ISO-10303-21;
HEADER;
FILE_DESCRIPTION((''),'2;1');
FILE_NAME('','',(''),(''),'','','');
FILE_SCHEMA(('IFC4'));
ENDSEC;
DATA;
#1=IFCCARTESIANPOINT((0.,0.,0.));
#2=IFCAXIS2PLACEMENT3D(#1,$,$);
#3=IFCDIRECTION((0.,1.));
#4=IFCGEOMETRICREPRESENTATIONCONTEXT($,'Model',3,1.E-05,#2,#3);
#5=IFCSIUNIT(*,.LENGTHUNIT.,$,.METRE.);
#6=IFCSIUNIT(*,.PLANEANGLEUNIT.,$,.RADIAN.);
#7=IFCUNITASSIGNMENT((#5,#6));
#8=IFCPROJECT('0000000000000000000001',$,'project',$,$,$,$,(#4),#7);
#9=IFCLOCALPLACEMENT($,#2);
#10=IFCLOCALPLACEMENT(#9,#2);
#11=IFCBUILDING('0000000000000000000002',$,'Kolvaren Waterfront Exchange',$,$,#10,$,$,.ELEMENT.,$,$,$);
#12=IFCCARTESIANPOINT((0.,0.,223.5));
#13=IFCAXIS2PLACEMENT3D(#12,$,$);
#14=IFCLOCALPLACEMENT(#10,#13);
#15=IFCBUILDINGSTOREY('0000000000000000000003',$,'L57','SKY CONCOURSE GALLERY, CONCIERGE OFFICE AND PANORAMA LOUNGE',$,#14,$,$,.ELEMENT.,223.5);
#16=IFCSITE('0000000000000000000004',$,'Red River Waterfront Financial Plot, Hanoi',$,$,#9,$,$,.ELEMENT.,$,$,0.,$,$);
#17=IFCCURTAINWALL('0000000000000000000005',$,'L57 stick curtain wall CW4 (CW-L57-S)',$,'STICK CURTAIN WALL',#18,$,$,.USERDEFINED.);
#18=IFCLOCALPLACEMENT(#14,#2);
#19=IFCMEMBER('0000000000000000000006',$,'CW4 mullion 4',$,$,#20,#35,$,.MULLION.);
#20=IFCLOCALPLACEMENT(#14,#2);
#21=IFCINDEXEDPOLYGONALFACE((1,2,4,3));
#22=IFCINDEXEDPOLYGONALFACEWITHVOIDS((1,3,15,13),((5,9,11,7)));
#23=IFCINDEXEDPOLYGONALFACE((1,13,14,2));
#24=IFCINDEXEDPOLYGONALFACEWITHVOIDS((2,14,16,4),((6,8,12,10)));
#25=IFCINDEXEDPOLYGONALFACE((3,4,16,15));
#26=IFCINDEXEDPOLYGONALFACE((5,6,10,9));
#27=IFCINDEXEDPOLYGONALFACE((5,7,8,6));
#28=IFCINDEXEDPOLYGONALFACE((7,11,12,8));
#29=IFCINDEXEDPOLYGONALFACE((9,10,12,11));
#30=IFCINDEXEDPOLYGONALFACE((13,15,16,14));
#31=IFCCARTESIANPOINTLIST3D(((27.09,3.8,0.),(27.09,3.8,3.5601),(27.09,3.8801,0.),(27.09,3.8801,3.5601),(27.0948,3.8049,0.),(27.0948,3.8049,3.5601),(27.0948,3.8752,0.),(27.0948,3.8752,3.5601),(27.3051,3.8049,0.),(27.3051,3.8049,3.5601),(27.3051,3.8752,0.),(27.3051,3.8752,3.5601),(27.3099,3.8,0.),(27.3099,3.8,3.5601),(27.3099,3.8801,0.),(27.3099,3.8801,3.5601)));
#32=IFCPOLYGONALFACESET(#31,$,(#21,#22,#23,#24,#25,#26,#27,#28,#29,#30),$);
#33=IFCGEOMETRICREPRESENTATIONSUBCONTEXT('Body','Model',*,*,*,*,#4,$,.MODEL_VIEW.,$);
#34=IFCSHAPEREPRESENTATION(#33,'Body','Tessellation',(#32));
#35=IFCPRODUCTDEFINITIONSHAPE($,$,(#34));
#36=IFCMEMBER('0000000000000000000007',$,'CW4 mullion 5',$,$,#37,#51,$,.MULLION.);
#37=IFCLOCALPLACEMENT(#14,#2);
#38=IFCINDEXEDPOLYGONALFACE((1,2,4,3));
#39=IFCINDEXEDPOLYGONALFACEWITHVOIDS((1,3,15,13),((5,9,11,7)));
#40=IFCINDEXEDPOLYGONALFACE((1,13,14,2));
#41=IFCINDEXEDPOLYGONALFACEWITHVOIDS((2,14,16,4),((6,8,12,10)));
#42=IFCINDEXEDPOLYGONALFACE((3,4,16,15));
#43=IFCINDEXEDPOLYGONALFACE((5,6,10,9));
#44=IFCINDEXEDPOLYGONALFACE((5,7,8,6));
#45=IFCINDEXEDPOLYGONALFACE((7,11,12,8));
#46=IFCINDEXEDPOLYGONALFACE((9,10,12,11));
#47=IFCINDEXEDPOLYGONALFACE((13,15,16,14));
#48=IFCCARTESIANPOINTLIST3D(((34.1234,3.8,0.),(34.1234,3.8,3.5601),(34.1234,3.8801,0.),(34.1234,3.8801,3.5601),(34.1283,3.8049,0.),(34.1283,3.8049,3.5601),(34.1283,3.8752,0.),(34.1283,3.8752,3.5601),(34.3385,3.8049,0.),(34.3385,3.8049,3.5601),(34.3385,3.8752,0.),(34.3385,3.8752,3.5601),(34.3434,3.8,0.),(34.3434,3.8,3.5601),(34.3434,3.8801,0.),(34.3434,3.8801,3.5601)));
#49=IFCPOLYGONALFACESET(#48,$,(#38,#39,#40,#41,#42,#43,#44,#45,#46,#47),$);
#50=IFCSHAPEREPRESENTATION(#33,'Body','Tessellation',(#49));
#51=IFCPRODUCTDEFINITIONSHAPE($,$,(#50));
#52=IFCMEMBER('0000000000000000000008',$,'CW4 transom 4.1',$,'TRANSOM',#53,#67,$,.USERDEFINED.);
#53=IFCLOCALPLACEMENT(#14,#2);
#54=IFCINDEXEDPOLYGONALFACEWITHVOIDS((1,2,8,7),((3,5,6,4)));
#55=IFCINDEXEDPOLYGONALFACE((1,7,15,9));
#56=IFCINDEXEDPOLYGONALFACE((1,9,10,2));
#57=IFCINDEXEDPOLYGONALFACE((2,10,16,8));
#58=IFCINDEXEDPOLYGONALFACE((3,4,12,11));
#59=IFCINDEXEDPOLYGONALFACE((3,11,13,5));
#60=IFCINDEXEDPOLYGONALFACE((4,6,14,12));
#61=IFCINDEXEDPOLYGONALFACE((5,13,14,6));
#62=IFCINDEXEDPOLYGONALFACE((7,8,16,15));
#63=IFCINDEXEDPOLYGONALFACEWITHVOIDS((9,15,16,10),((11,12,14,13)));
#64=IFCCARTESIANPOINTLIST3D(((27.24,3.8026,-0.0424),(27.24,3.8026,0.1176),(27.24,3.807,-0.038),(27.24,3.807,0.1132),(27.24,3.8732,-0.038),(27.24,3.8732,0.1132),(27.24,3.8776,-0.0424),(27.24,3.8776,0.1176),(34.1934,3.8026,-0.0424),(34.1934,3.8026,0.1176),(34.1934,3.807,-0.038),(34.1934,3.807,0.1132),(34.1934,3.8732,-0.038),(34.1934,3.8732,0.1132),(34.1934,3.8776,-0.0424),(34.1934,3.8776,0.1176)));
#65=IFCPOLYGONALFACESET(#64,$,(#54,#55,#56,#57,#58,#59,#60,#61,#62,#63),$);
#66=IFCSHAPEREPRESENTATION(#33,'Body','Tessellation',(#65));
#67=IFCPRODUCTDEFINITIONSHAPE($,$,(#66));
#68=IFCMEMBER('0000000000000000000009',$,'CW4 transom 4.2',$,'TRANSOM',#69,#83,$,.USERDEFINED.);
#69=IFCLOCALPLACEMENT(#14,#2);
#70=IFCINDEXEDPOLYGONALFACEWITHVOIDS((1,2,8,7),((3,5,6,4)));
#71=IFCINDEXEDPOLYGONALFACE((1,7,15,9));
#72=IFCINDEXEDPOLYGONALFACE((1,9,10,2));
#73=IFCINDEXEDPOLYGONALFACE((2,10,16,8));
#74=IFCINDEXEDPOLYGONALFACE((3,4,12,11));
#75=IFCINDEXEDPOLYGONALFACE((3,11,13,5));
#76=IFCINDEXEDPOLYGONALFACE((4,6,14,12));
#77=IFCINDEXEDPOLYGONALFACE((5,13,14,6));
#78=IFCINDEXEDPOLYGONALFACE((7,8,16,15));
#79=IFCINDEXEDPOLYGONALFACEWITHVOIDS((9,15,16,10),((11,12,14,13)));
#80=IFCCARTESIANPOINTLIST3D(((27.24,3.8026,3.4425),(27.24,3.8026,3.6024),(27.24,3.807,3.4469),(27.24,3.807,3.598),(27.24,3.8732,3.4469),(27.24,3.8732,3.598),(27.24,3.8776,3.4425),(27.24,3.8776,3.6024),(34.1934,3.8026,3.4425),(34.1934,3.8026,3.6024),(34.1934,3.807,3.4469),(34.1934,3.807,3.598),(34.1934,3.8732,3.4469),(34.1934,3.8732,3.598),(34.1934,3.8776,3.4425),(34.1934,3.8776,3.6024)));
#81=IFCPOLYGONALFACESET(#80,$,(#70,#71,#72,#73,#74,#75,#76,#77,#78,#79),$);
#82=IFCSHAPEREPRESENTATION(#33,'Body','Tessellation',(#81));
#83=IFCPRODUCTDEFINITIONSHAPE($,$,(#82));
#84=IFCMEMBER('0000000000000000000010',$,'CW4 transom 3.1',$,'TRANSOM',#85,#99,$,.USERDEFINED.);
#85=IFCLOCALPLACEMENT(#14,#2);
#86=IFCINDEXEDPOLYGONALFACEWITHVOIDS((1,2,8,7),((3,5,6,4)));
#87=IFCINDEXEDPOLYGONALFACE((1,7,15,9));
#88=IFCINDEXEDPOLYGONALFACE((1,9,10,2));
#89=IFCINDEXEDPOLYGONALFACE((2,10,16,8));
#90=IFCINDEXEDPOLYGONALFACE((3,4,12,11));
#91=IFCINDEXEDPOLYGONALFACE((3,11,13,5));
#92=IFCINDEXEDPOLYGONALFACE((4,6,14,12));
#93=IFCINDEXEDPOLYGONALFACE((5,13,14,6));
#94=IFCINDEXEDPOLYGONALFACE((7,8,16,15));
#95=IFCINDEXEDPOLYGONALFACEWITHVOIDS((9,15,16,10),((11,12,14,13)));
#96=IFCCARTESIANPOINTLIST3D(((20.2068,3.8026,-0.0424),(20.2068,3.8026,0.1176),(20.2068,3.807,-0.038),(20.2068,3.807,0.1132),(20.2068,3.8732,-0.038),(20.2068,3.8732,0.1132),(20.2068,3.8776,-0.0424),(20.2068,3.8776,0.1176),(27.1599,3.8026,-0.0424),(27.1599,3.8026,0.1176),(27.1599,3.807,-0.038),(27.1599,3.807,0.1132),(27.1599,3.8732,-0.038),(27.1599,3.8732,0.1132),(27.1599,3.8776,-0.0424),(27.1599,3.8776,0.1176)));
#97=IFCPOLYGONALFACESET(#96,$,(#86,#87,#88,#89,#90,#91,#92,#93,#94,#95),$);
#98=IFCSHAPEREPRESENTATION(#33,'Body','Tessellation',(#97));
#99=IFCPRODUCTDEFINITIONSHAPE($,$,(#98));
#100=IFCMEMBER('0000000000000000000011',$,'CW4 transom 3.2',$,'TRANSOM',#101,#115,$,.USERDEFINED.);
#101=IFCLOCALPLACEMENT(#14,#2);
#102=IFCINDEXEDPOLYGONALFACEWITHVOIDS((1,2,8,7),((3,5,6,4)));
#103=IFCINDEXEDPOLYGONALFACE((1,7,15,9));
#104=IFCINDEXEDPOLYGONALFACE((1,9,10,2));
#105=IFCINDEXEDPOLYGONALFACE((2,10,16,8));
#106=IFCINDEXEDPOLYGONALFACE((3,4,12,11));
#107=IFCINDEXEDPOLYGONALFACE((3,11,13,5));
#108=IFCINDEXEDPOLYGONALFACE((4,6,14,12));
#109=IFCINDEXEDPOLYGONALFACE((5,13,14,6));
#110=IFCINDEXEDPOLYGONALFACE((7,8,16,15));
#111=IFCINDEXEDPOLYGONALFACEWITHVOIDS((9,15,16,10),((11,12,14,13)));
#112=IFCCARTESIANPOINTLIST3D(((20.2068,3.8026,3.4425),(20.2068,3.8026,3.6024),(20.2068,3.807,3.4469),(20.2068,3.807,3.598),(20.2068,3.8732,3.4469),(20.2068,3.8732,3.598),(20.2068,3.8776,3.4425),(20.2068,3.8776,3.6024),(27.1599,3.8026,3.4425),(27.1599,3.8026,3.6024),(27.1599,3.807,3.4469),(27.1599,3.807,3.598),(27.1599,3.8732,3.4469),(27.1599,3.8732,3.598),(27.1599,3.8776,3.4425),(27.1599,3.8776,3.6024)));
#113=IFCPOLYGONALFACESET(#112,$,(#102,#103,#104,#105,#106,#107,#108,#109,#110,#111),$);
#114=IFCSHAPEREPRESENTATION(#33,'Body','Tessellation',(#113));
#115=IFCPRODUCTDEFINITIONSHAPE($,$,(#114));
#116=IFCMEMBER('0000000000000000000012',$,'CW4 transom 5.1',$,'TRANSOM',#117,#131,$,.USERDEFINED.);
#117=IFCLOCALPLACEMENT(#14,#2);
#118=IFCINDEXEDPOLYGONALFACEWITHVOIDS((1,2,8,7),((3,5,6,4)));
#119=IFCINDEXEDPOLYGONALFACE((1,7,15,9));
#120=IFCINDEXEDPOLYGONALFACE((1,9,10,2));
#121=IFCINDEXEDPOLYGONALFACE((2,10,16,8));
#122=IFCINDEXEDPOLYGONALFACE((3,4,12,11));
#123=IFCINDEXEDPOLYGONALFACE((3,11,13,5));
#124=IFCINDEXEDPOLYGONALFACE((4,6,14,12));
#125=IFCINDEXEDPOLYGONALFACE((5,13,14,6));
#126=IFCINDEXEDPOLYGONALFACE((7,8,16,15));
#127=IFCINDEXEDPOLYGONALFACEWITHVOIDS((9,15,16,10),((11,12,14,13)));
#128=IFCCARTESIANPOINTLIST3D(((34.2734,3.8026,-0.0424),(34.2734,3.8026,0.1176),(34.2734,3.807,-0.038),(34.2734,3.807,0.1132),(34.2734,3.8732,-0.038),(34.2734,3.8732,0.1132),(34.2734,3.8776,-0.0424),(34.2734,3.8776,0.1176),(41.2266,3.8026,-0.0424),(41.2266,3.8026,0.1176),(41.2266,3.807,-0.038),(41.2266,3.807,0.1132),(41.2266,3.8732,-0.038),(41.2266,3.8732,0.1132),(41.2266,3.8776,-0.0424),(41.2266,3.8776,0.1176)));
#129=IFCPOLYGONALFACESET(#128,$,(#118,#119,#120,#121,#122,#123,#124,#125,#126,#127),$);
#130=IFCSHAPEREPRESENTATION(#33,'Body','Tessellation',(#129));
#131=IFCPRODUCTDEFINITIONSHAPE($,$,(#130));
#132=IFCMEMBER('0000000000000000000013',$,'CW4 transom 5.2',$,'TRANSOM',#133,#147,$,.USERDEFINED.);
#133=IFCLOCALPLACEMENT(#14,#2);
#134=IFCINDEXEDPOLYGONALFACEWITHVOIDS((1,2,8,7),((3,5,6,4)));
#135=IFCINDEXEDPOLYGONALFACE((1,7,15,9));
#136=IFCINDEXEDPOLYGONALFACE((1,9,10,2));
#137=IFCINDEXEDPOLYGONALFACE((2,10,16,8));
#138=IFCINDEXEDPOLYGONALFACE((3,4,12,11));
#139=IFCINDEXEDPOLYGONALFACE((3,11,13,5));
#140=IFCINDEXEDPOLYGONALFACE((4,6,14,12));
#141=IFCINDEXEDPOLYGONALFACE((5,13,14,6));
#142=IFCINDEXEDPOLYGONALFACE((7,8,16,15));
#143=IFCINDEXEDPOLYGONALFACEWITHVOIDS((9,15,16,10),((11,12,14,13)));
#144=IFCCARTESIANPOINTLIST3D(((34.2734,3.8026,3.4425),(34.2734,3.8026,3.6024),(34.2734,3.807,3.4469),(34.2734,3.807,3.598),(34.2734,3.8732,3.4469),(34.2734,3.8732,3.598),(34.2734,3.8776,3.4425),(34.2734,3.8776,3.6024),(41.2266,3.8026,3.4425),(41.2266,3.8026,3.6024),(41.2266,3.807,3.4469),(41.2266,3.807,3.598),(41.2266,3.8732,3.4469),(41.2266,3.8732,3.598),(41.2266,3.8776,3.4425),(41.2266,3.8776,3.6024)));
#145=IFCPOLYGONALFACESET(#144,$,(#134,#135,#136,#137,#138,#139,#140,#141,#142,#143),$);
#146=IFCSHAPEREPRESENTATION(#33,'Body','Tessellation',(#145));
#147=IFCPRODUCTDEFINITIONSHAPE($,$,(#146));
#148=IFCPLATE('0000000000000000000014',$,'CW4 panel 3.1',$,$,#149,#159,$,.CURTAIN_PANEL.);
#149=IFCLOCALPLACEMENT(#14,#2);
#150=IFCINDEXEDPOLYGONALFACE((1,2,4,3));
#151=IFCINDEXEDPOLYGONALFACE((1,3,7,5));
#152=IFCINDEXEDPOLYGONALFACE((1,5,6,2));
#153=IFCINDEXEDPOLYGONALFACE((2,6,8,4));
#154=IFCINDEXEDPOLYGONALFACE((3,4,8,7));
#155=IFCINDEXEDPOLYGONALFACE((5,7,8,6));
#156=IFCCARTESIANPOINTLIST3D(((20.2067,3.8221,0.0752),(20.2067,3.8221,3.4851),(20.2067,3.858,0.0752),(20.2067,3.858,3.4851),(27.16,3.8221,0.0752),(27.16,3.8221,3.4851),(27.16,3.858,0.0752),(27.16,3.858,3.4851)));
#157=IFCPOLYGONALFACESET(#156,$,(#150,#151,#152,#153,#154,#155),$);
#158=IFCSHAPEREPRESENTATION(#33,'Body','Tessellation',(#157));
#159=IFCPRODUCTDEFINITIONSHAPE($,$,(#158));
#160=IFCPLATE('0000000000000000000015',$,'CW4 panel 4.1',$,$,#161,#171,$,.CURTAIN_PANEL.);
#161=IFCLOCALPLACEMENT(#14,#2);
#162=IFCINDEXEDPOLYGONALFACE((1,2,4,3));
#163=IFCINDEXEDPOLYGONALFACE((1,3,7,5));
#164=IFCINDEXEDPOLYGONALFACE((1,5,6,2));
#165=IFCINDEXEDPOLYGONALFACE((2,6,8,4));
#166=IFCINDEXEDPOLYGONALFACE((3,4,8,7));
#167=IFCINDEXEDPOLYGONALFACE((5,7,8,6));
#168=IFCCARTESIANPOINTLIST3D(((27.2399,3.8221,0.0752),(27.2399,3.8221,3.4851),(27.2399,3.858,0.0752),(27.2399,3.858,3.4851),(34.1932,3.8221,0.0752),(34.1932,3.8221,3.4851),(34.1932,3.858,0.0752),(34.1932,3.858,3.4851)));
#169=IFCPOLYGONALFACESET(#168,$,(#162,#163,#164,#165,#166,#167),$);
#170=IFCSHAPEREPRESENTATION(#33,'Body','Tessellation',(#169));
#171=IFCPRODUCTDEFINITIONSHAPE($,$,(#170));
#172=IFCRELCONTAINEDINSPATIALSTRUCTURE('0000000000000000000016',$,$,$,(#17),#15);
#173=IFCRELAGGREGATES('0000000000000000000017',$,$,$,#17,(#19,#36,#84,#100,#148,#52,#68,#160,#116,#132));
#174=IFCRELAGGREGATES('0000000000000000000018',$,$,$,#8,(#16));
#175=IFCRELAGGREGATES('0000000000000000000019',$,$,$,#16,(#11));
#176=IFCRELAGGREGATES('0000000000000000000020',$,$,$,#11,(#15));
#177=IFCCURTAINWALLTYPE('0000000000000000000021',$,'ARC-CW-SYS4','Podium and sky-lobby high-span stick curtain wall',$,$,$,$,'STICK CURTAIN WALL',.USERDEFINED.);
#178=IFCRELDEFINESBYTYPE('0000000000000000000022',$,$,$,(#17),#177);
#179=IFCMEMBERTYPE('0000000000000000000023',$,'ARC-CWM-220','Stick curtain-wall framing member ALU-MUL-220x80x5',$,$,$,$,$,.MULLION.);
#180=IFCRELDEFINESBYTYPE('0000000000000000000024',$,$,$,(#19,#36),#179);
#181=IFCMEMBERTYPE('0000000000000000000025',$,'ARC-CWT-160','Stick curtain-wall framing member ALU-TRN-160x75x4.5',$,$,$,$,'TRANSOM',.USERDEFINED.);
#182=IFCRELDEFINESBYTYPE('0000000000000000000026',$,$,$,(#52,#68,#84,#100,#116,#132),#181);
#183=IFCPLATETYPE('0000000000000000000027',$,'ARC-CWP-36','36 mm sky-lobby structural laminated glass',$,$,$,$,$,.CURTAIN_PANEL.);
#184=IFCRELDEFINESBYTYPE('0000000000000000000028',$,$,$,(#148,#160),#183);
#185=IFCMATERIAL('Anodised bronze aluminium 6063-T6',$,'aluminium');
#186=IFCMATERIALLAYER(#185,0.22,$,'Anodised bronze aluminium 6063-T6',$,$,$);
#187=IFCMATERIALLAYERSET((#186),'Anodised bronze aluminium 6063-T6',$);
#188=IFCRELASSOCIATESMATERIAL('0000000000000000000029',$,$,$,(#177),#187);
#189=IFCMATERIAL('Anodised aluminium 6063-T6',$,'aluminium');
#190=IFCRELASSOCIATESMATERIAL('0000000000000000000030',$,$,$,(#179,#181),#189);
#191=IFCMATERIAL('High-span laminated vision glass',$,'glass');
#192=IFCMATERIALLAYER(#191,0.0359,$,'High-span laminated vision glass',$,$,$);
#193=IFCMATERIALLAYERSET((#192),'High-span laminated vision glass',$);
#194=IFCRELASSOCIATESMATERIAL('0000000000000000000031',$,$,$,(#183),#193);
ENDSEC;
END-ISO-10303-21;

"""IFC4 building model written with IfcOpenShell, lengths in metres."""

from ifc_helpers import new_model, si_unit, direction, frame, origin, origin_with_axes, origin_2d, place, context, subcontext, project, spatial, rectangle, hollow_rectangle, extrude, source, transform, mapped, material, layer, layer_set, material_profile, profile_set, type_object, element, aggregate, save


model = new_model("IFC4")

# Units and contexts
model_context = context("Model", 3, precision=1e-05, world=origin(), true_north=direction((0.0, 1.0)))
body_context = subcontext(model_context, "Body", "Model", "MODEL_VIEW")
ifc_project = project(units=[si_unit("LENGTHUNIT", "METRE"), si_unit("PLANEANGLEUNIT", "RADIAN")], contexts=[model_context])

# Site, building, storey
site_placement = place(None, origin())
site = spatial("IfcSite", under=ifc_project, at=site_placement, Name="Red River Waterfront Financial Plot, Hanoi", CompositionType="ELEMENT", RefElevation=0.0)
building_placement = place(site_placement, origin())
building = spatial("IfcBuilding", under=site, at=building_placement, Name="Kolvaren Waterfront Exchange", CompositionType="ELEMENT")
storey_placement = place(building_placement, frame((0.0, 0.0, 223.5)))
storey = spatial("IfcBuildingStorey", under=building, at=storey_placement, Name="L57", Description="SKY CONCOURSE GALLERY, CONCIERGE OFFICE AND PANORAMA LOUNGE", CompositionType="ELEMENT", Elevation=223.5)

# Curtain wall, members, plates
ifc_material_1 = material(Name="Anodised bronze aluminium 6063-T6", Category="aluminium")
ifc_layer_1 = layer(ifc_material_1, 0.22, Name="Anodised bronze aluminium 6063-T6")
ifc_layer_set_1 = layer_set([ifc_layer_1], Name="Anodised bronze aluminium 6063-T6")
curtain_wall_type = type_object("IfcCurtainWallType", Name="ARC-CW-SYS4", Description="Podium and sky-lobby high-span stick curtain wall", ElementType="STICK CURTAIN WALL", PredefinedType="USERDEFINED", material=ifc_layer_set_1)
curtain_wall_placement = place(storey_placement, origin())
curtain_wall = element("IfcCurtainWall", 1, at=curtain_wall_placement, inside=storey, type_object=curtain_wall_type, Name="L57 stick curtain wall CW4 (CW-L57-S)", ObjectType="STICK CURTAIN WALL", PredefinedType="USERDEFINED")
ifc_material_2 = material(Name="Anodised aluminium 6063-T6", Category="aluminium")
ifc_material_profile_1 = material_profile(ifc_material_2, hollow_rectangle(XDim=0.0801, YDim=0.22, WallThickness=0.0049, at=origin_2d()), Name="ALU-MUL-220x80x5")
ifc_profile_set_1 = profile_set([ifc_material_profile_1], Name="Anodised aluminium 6063-T6")
member_type_1 = type_object("IfcMemberType", Name="ARC-CWM-220", Description="Stick curtain-wall framing member ALU-MUL-220x80x5", PredefinedType="MULLION", material=ifc_profile_set_1)
shared_shape_1 = source(origin_with_axes(), body_context, "Body", "SweptSolid", [
    extrude(hollow_rectangle(XDim=0.0801, YDim=0.22, WallThickness=0.0049, at=origin_2d()), origin(), (0.0, 0.0, 1.0), 3.5601),
])
member_1_placement = place(storey_placement, frame((27.2, 3.8401, 0.0), z_axis=(0.0, 0.0, 1.0), x_axis=(0.0, 1.0, 0.0)))
member_1 = element("IfcMember", 2, at=member_1_placement, type_object=member_type_1, Name="CW4 mullion 4", PredefinedType="MULLION", context=body_context, shape_type="MappedRepresentation", body=[
    mapped(shared_shape_1, transform((0.0, 0.0, 0.0), x_axis=(1.0, 0.0, 0.0), y_axis=(0.0, 1.0, 0.0), z_axis=(0.0, 0.0, 1.0), scale=1.0)),
])
member_2_placement = place(storey_placement, frame((34.2334, 3.8401, 0.0), z_axis=(0.0, 0.0, 1.0), x_axis=(0.0, 1.0, 0.0)))
member_2 = element("IfcMember", 3, at=member_2_placement, type_object=member_type_1, Name="CW4 mullion 5", PredefinedType="MULLION", context=body_context, shape_type="MappedRepresentation", body=[
    mapped(shared_shape_1, transform((0.0, 0.0, 0.0), x_axis=(1.0, 0.0, 0.0), y_axis=(0.0, 1.0, 0.0), z_axis=(0.0, 0.0, 1.0), scale=1.0)),
])
ifc_material_profile_2 = material_profile(ifc_material_2, hollow_rectangle(XDim=0.075, YDim=0.1599, WallThickness=0.0044, at=origin_2d()), Name="ALU-TRN-160x75x4.5")
ifc_profile_set_2 = profile_set([ifc_material_profile_2], Name="Anodised aluminium 6063-T6")
member_type_2 = type_object("IfcMemberType", Name="ARC-CWT-160", Description="Stick curtain-wall framing member ALU-TRN-160x75x4.5", ElementType="TRANSOM", PredefinedType="USERDEFINED", material=ifc_profile_set_2)
shared_shape_2 = source(origin_with_axes(), body_context, "Body", "SweptSolid", [
    extrude(hollow_rectangle(XDim=0.075, YDim=0.1599, WallThickness=0.0044, at=origin_2d()), origin(), (0.0, 0.0, 1.0), 6.9534),
])
member_3_placement = place(storey_placement, frame((27.24, 3.8401, 0.0376), z_axis=(1.0, 0.0, 0.0), x_axis=(0.0, 1.0, 0.0)))
member_3 = element("IfcMember", 4, at=member_3_placement, type_object=member_type_2, Name="CW4 transom 4.1", ObjectType="TRANSOM", PredefinedType="USERDEFINED", context=body_context, shape_type="MappedRepresentation", body=[
    mapped(shared_shape_2, transform((0.0, 0.0, 0.0), x_axis=(1.0, 0.0, 0.0), y_axis=(0.0, 1.0, 0.0), z_axis=(0.0, 0.0, 1.0), scale=1.0)),
])
member_4_placement = place(storey_placement, frame((27.24, 3.8401, 3.5225), z_axis=(1.0, 0.0, 0.0), x_axis=(0.0, 1.0, 0.0)))
member_4 = element("IfcMember", 5, at=member_4_placement, type_object=member_type_2, Name="CW4 transom 4.2", ObjectType="TRANSOM", PredefinedType="USERDEFINED", context=body_context, shape_type="MappedRepresentation", body=[
    mapped(shared_shape_2, transform((0.0, 0.0, 0.0), x_axis=(1.0, 0.0, 0.0), y_axis=(0.0, 1.0, 0.0), z_axis=(0.0, 0.0, 1.0), scale=1.0)),
])
shared_shape_3 = source(origin_with_axes(), body_context, "Body", "SweptSolid", [
    extrude(hollow_rectangle(XDim=0.075, YDim=0.1599, WallThickness=0.0044, at=origin_2d()), origin(), (0.0, 0.0, 1.0), 6.9531),
])
member_5_placement = place(storey_placement, frame((20.2068, 3.8401, 0.0376), z_axis=(1.0, 0.0, 0.0), x_axis=(0.0, 1.0, 0.0)))
member_5 = element("IfcMember", 6, at=member_5_placement, type_object=member_type_2, Name="CW4 transom 3.1", ObjectType="TRANSOM", PredefinedType="USERDEFINED", context=body_context, shape_type="MappedRepresentation", body=[
    mapped(shared_shape_3, transform((0.0, 0.0, 0.0), x_axis=(1.0, 0.0, 0.0), y_axis=(0.0, 1.0, 0.0), z_axis=(0.0, 0.0, 1.0), scale=1.0)),
])
member_6_placement = place(storey_placement, frame((20.2068, 3.8401, 3.5225), z_axis=(1.0, 0.0, 0.0), x_axis=(0.0, 1.0, 0.0)))
member_6 = element("IfcMember", 7, at=member_6_placement, type_object=member_type_2, Name="CW4 transom 3.2", ObjectType="TRANSOM", PredefinedType="USERDEFINED", context=body_context, shape_type="MappedRepresentation", body=[
    mapped(shared_shape_3, transform((0.0, 0.0, 0.0), x_axis=(1.0, 0.0, 0.0), y_axis=(0.0, 1.0, 0.0), z_axis=(0.0, 0.0, 1.0), scale=1.0)),
])
member_7_placement = place(storey_placement, frame((34.2734, 3.8401, 0.0376), z_axis=(1.0, 0.0, 0.0), x_axis=(0.0, 1.0, 0.0)))
member_7 = element("IfcMember", 8, at=member_7_placement, type_object=member_type_2, Name="CW4 transom 5.1", ObjectType="TRANSOM", PredefinedType="USERDEFINED", context=body_context, shape_type="MappedRepresentation", body=[
    mapped(shared_shape_3, transform((0.0, 0.0, 0.0), x_axis=(1.0, 0.0, 0.0), y_axis=(0.0, 1.0, 0.0), z_axis=(0.0, 0.0, 1.0), scale=1.0)),
])
member_8_placement = place(storey_placement, frame((34.2734, 3.8401, 3.5225), z_axis=(1.0, 0.0, 0.0), x_axis=(0.0, 1.0, 0.0)))
member_8 = element("IfcMember", 9, at=member_8_placement, type_object=member_type_2, Name="CW4 transom 5.2", ObjectType="TRANSOM", PredefinedType="USERDEFINED", context=body_context, shape_type="MappedRepresentation", body=[
    mapped(shared_shape_3, transform((0.0, 0.0, 0.0), x_axis=(1.0, 0.0, 0.0), y_axis=(0.0, 1.0, 0.0), z_axis=(0.0, 0.0, 1.0), scale=1.0)),
])
ifc_material_3 = material(Name="High-span laminated vision glass", Category="glass")
ifc_layer_2 = layer(ifc_material_3, 0.0359, Name="High-span laminated vision glass")
ifc_layer_set_2 = layer_set([ifc_layer_2], Name="High-span laminated vision glass")
plate_type = type_object("IfcPlateType", Name="ARC-CWP-36", Description="36 mm sky-lobby structural laminated glass", PredefinedType="CURTAIN_PANEL", material=ifc_layer_set_2)
shared_shape_4 = source(origin_with_axes(), body_context, "Body", "SweptSolid", [
    extrude(rectangle(XDim=6.9534, YDim=0.0359, at=origin_2d()), origin(), (0.0, 0.0, 1.0), 3.4099),
])
plate_1_placement = place(storey_placement, frame((23.6833, 3.8401, 0.0752), z_axis=(0.0, 0.0, 1.0), x_axis=(1.0, 0.0, 0.0)))
plate_1 = element("IfcPlate", 10, at=plate_1_placement, type_object=plate_type, Name="CW4 panel 3.1", PredefinedType="CURTAIN_PANEL", context=body_context, shape_type="MappedRepresentation", body=[
    mapped(shared_shape_4, transform((0.0, 0.0, 0.0), x_axis=(1.0, 0.0, 0.0), y_axis=(0.0, 1.0, 0.0), z_axis=(0.0, 0.0, 1.0), scale=1.0)),
])
plate_2_placement = place(storey_placement, frame((30.7166, 3.8401, 0.0752), z_axis=(0.0, 0.0, 1.0), x_axis=(1.0, 0.0, 0.0)))
plate_2 = element("IfcPlate", 11, at=plate_2_placement, type_object=plate_type, Name="CW4 panel 4.1", PredefinedType="CURTAIN_PANEL", context=body_context, shape_type="MappedRepresentation", body=[
    mapped(shared_shape_4, transform((0.0, 0.0, 0.0), x_axis=(1.0, 0.0, 0.0), y_axis=(0.0, 1.0, 0.0), z_axis=(0.0, 0.0, 1.0), scale=1.0)),
])
aggregate(curtain_wall, [member_1, member_2, member_5, member_6, plate_1, member_3, member_4, plate_2, member_7, member_8])

save(model, "model.ifc")
